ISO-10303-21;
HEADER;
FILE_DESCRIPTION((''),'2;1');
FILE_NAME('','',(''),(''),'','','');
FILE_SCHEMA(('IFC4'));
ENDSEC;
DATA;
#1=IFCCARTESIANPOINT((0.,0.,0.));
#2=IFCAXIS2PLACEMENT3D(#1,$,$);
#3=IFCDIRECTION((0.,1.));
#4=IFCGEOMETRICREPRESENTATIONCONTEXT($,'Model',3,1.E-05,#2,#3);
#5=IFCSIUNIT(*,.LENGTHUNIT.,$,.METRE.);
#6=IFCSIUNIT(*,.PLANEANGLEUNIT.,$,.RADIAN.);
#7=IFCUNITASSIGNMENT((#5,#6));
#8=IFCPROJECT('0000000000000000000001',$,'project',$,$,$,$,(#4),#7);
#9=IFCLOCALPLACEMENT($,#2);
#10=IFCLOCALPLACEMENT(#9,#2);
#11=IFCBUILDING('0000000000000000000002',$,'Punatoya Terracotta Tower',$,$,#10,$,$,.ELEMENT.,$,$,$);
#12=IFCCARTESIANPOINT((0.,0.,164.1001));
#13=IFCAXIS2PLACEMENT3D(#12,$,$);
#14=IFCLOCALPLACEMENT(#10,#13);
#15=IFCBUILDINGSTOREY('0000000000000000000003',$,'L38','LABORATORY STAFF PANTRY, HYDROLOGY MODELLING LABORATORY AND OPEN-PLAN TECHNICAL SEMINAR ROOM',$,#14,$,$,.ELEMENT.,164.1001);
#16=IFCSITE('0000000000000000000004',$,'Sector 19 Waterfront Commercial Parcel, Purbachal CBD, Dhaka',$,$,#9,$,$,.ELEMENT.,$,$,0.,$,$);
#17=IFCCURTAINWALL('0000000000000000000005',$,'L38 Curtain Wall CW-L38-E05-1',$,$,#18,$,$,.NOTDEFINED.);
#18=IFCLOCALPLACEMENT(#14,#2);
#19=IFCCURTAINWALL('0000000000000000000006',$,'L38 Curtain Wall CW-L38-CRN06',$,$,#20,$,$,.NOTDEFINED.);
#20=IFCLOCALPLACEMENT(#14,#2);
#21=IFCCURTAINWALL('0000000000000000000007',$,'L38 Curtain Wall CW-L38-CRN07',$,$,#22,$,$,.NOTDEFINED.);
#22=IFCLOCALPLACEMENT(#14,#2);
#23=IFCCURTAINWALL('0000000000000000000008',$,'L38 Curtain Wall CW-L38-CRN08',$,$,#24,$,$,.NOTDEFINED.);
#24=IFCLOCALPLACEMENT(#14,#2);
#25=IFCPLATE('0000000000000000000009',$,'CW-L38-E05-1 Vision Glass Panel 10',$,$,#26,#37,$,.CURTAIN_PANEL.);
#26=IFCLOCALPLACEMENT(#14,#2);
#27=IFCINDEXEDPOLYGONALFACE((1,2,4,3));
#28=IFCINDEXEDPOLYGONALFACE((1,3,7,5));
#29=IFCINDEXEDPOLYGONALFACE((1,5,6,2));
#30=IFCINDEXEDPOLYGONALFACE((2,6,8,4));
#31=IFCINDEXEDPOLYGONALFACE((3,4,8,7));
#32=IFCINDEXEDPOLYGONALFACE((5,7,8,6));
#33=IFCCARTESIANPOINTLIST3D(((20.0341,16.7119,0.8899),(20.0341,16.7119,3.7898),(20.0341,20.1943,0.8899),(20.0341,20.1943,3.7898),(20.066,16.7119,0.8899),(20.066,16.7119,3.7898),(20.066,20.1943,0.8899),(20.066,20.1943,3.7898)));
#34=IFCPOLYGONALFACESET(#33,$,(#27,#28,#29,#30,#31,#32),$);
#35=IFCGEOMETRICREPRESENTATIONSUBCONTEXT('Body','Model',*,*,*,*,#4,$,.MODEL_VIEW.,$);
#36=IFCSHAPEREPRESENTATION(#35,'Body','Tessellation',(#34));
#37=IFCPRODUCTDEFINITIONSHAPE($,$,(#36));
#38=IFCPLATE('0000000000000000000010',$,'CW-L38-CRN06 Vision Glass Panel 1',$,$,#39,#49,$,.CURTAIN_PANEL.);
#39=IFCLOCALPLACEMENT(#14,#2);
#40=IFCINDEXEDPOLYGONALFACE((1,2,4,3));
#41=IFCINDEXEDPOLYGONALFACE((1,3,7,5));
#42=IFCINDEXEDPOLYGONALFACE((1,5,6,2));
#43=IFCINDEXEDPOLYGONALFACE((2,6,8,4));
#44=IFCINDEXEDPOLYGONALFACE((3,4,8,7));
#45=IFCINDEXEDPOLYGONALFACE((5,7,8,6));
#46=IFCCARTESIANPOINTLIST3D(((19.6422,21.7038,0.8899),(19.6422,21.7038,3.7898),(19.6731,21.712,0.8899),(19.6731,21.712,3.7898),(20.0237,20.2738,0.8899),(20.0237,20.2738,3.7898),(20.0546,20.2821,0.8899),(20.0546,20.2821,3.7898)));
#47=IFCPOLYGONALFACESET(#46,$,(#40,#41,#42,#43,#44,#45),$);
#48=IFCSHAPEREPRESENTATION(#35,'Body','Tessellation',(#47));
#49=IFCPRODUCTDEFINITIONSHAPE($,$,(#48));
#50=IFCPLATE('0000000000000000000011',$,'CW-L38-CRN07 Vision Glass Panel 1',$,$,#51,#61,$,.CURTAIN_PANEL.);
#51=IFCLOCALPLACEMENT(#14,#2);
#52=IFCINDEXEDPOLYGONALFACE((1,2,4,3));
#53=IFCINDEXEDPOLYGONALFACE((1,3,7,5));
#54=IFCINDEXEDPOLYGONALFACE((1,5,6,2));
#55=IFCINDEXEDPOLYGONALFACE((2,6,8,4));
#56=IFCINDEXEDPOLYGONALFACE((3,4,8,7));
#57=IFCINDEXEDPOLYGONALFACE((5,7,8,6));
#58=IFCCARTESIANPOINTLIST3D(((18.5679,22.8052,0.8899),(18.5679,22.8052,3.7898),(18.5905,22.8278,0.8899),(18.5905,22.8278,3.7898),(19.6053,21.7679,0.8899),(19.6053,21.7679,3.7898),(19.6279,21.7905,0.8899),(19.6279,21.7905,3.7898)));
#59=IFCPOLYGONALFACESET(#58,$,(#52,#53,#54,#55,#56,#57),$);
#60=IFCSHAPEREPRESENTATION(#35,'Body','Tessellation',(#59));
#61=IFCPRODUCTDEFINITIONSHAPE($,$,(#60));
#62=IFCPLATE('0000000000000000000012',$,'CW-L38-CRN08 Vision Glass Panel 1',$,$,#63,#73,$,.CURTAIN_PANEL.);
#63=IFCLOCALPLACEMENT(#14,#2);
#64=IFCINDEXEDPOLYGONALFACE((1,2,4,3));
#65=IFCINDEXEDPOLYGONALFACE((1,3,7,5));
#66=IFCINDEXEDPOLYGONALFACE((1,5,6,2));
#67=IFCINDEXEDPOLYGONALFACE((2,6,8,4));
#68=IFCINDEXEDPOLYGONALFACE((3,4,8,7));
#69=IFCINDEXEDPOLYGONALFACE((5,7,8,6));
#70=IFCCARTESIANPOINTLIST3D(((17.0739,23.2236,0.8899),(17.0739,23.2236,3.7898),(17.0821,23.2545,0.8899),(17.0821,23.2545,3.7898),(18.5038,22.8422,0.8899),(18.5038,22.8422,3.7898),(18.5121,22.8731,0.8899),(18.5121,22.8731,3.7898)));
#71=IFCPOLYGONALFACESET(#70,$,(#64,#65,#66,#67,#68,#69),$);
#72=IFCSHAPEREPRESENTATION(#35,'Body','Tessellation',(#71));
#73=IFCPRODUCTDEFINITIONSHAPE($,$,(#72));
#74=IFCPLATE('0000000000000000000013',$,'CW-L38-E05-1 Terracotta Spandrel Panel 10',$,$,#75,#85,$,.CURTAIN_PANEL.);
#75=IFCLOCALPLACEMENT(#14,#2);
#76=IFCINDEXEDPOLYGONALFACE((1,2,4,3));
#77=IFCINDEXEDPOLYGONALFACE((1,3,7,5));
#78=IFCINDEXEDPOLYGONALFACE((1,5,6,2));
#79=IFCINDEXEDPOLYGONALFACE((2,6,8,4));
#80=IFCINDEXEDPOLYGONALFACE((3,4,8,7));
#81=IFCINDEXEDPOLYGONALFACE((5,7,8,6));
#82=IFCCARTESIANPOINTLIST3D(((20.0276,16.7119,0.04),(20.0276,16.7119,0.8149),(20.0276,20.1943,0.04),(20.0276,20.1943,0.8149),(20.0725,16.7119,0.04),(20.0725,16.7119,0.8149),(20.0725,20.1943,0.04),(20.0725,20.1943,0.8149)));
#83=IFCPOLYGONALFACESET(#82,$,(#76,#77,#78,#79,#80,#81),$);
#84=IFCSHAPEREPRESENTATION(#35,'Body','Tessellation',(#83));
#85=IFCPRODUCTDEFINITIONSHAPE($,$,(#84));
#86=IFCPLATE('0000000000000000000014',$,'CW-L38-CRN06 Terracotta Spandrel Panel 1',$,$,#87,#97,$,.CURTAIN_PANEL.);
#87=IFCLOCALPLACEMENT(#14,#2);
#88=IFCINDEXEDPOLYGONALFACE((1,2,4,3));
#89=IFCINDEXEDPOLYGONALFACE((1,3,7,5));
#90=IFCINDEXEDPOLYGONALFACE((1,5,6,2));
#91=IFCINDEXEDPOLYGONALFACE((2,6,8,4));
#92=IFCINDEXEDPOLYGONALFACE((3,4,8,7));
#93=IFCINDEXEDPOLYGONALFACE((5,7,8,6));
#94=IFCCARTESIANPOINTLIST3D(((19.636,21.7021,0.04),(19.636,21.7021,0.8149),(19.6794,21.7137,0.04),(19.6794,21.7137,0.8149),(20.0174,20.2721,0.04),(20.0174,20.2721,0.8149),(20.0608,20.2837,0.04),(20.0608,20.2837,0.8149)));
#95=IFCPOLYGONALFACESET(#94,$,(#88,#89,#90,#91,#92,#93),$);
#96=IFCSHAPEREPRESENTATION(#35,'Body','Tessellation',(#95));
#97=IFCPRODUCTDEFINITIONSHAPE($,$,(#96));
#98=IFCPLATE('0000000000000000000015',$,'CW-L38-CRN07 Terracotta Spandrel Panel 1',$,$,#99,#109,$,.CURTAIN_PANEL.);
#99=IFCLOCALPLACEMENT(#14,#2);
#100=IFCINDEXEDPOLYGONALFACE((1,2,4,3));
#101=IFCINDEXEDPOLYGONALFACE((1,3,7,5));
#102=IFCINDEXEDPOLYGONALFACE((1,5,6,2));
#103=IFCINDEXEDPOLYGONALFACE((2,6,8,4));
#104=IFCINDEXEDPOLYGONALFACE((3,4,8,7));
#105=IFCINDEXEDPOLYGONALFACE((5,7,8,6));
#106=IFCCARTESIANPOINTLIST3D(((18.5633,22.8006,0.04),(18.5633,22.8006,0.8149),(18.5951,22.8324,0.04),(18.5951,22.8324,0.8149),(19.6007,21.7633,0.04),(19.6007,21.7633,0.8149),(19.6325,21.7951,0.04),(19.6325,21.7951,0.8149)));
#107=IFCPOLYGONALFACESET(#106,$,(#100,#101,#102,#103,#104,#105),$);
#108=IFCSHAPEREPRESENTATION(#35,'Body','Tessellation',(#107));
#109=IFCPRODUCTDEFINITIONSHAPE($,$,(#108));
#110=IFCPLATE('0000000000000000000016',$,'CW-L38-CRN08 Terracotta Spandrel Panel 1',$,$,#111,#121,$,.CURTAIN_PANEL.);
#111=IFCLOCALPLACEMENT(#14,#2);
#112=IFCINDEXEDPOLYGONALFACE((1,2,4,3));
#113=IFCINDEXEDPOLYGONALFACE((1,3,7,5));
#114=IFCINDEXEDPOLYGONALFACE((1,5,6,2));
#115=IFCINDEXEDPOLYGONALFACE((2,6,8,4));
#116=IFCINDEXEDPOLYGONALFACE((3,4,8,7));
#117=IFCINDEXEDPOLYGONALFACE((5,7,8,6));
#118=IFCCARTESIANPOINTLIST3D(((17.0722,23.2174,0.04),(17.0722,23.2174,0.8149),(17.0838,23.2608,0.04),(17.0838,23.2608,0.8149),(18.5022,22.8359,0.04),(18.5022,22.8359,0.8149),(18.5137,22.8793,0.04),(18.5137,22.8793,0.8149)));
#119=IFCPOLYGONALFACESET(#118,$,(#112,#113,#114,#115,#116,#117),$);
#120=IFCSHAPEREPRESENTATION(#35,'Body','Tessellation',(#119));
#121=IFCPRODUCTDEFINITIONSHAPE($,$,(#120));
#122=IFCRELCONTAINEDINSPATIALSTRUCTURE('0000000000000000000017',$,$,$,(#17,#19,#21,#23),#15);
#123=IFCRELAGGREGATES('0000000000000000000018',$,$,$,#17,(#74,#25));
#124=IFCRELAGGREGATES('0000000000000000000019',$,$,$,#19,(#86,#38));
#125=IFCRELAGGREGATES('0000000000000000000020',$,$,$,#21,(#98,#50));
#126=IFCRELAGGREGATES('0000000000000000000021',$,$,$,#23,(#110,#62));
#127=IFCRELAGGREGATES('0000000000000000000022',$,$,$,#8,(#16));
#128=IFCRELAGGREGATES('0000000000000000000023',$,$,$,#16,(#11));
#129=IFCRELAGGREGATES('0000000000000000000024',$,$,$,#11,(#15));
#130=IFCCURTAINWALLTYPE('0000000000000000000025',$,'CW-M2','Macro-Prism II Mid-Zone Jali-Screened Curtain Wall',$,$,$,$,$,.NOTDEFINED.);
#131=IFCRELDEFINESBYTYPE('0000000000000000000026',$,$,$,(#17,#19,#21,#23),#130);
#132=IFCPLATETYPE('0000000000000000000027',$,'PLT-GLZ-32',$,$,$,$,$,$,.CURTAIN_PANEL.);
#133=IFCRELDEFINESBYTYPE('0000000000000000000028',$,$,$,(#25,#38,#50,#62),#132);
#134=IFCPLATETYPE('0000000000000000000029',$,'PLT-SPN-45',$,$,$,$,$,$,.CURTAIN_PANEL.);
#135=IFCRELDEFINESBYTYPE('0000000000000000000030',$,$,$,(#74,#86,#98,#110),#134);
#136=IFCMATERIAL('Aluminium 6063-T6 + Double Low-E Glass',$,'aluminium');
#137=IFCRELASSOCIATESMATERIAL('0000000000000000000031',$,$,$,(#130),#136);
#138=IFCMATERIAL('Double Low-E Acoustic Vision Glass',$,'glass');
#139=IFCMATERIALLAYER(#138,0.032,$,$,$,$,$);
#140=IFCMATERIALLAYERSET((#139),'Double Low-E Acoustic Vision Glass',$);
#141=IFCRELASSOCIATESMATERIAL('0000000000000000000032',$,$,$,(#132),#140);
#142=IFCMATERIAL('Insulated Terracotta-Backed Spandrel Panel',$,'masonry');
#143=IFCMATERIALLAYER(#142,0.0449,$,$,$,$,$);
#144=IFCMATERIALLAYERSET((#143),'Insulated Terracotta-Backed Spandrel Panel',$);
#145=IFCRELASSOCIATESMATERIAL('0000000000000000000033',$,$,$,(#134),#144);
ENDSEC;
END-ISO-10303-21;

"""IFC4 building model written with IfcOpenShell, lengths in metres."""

from ifc_helpers import new_model, si_unit, direction, frame, origin, origin_2d, place, context, subcontext, project, spatial, rectangle, extrude, material, layer, layer_set, type_object, element, aggregate, save


model = new_model("IFC4")

# Units and contexts
model_context = context("Model", 3, precision=1e-05, world=origin(), true_north=direction((0.0, 1.0)))
body_context = subcontext(model_context, "Body", "Model", "MODEL_VIEW")
ifc_project = project(units=[si_unit("LENGTHUNIT", "METRE"), si_unit("PLANEANGLEUNIT", "RADIAN")], contexts=[model_context])

# Site, building, storey
site_placement = place(None, origin())
site = spatial("IfcSite", under=ifc_project, at=site_placement, Name="Sector 19 Waterfront Commercial Parcel, Purbachal CBD, Dhaka", CompositionType="ELEMENT", RefElevation=0.0)
building_placement = place(site_placement, origin())
building = spatial("IfcBuilding", under=site, at=building_placement, Name="Punatoya Terracotta Tower", CompositionType="ELEMENT")
storey_placement = place(building_placement, frame((0.0, 0.0, 164.1001)))
storey = spatial("IfcBuildingStorey", under=building, at=storey_placement, Name="L38", Description="LABORATORY STAFF PANTRY, HYDROLOGY MODELLING LABORATORY AND OPEN-PLAN TECHNICAL SEMINAR ROOM", CompositionType="ELEMENT", Elevation=164.1001)

# Curtain wall
ifc_material_1 = material(Name="Aluminium 6063-T6 + Double Low-E Glass", Category="aluminium")
curtain_wall_type = type_object("IfcCurtainWallType", Name="CW-M2", Description="Macro-Prism II Mid-Zone Jali-Screened Curtain Wall", PredefinedType="NOTDEFINED", material=ifc_material_1)
curtain_wall_1_placement = place(storey_placement, origin())
curtain_wall_1 = element("IfcCurtainWall", 1, at=curtain_wall_1_placement, inside=storey, type_object=curtain_wall_type, Name="L38 Curtain Wall CW-L38-E05-1", PredefinedType="NOTDEFINED")

# Curtain walls
curtain_wall_2_placement = place(storey_placement, origin())
curtain_wall_2 = element("IfcCurtainWall", 2, at=curtain_wall_2_placement, inside=storey, type_object=curtain_wall_type, Name="L38 Curtain Wall CW-L38-CRN06", PredefinedType="NOTDEFINED")
curtain_wall_3_placement = place(storey_placement, origin())
curtain_wall_3 = element("IfcCurtainWall", 3, at=curtain_wall_3_placement, inside=storey, type_object=curtain_wall_type, Name="L38 Curtain Wall CW-L38-CRN07", PredefinedType="NOTDEFINED")

# Curtain wall
curtain_wall_4_placement = place(storey_placement, origin())
curtain_wall_4 = element("IfcCurtainWall", 4, at=curtain_wall_4_placement, inside=storey, type_object=curtain_wall_type, Name="L38 Curtain Wall CW-L38-CRN08", PredefinedType="NOTDEFINED")

# Plates
ifc_material_2 = material(Name="Double Low-E Acoustic Vision Glass", Category="glass")
ifc_layer_1 = layer(ifc_material_2, 0.032)
ifc_layer_set_1 = layer_set([ifc_layer_1], Name="Double Low-E Acoustic Vision Glass")
plate_type_1 = type_object("IfcPlateType", Name="PLT-GLZ-32", PredefinedType="CURTAIN_PANEL", material=ifc_layer_set_1)
plate_1_placement = place(storey_placement, frame((20.05, 18.4531, 0.8899), z_axis=(0.0, 0.0, 1.0), x_axis=(0.0, 1.0, 0.0)))
plate_1 = element("IfcPlate", 5, at=plate_1_placement, type_object=plate_type_1, Name="CW-L38-E05-1 Vision Glass Panel 10", PredefinedType="CURTAIN_PANEL", context=body_context, shape_type="SweptSolid", body=[
    extrude(rectangle(XDim=3.4824, YDim=0.032, at=origin_2d()), origin(), (0.0, 0.0, 1.0), 2.8999),
])
plate_2_placement = place(storey_placement, frame((19.8484, 20.9929, 0.8899), z_axis=(0.0, 0.0, 1.0), x_axis=(-0.257742, 0.966214, 0.0)))
plate_2 = element("IfcPlate", 6, at=plate_2_placement, type_object=plate_type_1, Name="CW-L38-CRN06 Vision Glass Panel 1", PredefinedType="CURTAIN_PANEL", context=body_context, shape_type="SweptSolid", body=[
    extrude(rectangle(XDim=1.48, YDim=0.032, at=origin_2d()), origin(), (0.0, 0.0, 1.0), 2.8999),
])
plate_3_placement = place(storey_placement, frame((19.0979, 22.2979, 0.8899), z_axis=(0.0, 0.0, 1.0), x_axis=(-0.707107, 0.707107, 0.0)))
plate_3 = element("IfcPlate", 7, at=plate_3_placement, type_object=plate_type_1, Name="CW-L38-CRN07 Vision Glass Panel 1", PredefinedType="CURTAIN_PANEL", context=body_context, shape_type="SweptSolid", body=[
    extrude(rectangle(XDim=1.467, YDim=0.032, at=origin_2d()), origin(), (0.0, 0.0, 1.0), 2.8999),
])
plate_4_placement = place(storey_placement, frame((17.793, 23.0483, 0.8899), z_axis=(0.0, 0.0, 1.0), x_axis=(-0.966214, 0.257742, 0.0)))
plate_4 = element("IfcPlate", 8, at=plate_4_placement, type_object=plate_type_1, Name="CW-L38-CRN08 Vision Glass Panel 1", PredefinedType="CURTAIN_PANEL", context=body_context, shape_type="SweptSolid", body=[
    extrude(rectangle(XDim=1.48, YDim=0.032, at=origin_2d()), origin(), (0.0, 0.0, 1.0), 2.8999),
])
ifc_material_3 = material(Name="Insulated Terracotta-Backed Spandrel Panel", Category="masonry")
ifc_layer_2 = layer(ifc_material_3, 0.0449)
ifc_layer_set_2 = layer_set([ifc_layer_2], Name="Insulated Terracotta-Backed Spandrel Panel")
plate_type_2 = type_object("IfcPlateType", Name="PLT-SPN-45", PredefinedType="CURTAIN_PANEL", material=ifc_layer_set_2)
plate_5_placement = place(storey_placement, frame((20.05, 18.4531, 0.04), z_axis=(0.0, 0.0, 1.0), x_axis=(0.0, 1.0, 0.0)))
plate_5 = element("IfcPlate", 9, at=plate_5_placement, type_object=plate_type_2, Name="CW-L38-E05-1 Terracotta Spandrel Panel 10", PredefinedType="CURTAIN_PANEL", context=body_context, shape_type="SweptSolid", body=[
    extrude(rectangle(XDim=3.4824, YDim=0.0449, at=origin_2d()), origin(), (0.0, 0.0, 1.0), 0.7749),
])
aggregate(curtain_wall_1, [plate_5, plate_1])
plate_6_placement = place(storey_placement, frame((19.8484, 20.9929, 0.04), z_axis=(0.0, 0.0, 1.0), x_axis=(-0.257742, 0.966214, 0.0)))
plate_6 = element("IfcPlate", 10, at=plate_6_placement, type_object=plate_type_2, Name="CW-L38-CRN06 Terracotta Spandrel Panel 1", PredefinedType="CURTAIN_PANEL", context=body_context, shape_type="SweptSolid", body=[
    extrude(rectangle(XDim=1.48, YDim=0.0449, at=origin_2d()), origin(), (0.0, 0.0, 1.0), 0.7749),
])
aggregate(curtain_wall_2, [plate_6, plate_2])
plate_7_placement = place(storey_placement, frame((19.0979, 22.2979, 0.04), z_axis=(0.0, 0.0, 1.0), x_axis=(-0.707107, 0.707107, 0.0)))
plate_7 = element("IfcPlate", 11, at=plate_7_placement, type_object=plate_type_2, Name="CW-L38-CRN07 Terracotta Spandrel Panel 1", PredefinedType="CURTAIN_PANEL", context=body_context, shape_type="SweptSolid", body=[
    extrude(rectangle(XDim=1.467, YDim=0.0449, at=origin_2d()), origin(), (0.0, 0.0, 1.0), 0.7749),
])
aggregate(curtain_wall_3, [plate_7, plate_3])
plate_8_placement = place(storey_placement, frame((17.793, 23.0483, 0.04), z_axis=(0.0, 0.0, 1.0), x_axis=(-0.966214, 0.257742, 0.0)))
plate_8 = element("IfcPlate", 12, at=plate_8_placement, type_object=plate_type_2, Name="CW-L38-CRN08 Terracotta Spandrel Panel 1", PredefinedType="CURTAIN_PANEL", context=body_context, shape_type="SweptSolid", body=[
    extrude(rectangle(XDim=1.48, YDim=0.0449, at=origin_2d()), origin(), (0.0, 0.0, 1.0), 0.7749),
])
aggregate(curtain_wall_4, [plate_8, plate_4])

save(model, "model.ifc")
